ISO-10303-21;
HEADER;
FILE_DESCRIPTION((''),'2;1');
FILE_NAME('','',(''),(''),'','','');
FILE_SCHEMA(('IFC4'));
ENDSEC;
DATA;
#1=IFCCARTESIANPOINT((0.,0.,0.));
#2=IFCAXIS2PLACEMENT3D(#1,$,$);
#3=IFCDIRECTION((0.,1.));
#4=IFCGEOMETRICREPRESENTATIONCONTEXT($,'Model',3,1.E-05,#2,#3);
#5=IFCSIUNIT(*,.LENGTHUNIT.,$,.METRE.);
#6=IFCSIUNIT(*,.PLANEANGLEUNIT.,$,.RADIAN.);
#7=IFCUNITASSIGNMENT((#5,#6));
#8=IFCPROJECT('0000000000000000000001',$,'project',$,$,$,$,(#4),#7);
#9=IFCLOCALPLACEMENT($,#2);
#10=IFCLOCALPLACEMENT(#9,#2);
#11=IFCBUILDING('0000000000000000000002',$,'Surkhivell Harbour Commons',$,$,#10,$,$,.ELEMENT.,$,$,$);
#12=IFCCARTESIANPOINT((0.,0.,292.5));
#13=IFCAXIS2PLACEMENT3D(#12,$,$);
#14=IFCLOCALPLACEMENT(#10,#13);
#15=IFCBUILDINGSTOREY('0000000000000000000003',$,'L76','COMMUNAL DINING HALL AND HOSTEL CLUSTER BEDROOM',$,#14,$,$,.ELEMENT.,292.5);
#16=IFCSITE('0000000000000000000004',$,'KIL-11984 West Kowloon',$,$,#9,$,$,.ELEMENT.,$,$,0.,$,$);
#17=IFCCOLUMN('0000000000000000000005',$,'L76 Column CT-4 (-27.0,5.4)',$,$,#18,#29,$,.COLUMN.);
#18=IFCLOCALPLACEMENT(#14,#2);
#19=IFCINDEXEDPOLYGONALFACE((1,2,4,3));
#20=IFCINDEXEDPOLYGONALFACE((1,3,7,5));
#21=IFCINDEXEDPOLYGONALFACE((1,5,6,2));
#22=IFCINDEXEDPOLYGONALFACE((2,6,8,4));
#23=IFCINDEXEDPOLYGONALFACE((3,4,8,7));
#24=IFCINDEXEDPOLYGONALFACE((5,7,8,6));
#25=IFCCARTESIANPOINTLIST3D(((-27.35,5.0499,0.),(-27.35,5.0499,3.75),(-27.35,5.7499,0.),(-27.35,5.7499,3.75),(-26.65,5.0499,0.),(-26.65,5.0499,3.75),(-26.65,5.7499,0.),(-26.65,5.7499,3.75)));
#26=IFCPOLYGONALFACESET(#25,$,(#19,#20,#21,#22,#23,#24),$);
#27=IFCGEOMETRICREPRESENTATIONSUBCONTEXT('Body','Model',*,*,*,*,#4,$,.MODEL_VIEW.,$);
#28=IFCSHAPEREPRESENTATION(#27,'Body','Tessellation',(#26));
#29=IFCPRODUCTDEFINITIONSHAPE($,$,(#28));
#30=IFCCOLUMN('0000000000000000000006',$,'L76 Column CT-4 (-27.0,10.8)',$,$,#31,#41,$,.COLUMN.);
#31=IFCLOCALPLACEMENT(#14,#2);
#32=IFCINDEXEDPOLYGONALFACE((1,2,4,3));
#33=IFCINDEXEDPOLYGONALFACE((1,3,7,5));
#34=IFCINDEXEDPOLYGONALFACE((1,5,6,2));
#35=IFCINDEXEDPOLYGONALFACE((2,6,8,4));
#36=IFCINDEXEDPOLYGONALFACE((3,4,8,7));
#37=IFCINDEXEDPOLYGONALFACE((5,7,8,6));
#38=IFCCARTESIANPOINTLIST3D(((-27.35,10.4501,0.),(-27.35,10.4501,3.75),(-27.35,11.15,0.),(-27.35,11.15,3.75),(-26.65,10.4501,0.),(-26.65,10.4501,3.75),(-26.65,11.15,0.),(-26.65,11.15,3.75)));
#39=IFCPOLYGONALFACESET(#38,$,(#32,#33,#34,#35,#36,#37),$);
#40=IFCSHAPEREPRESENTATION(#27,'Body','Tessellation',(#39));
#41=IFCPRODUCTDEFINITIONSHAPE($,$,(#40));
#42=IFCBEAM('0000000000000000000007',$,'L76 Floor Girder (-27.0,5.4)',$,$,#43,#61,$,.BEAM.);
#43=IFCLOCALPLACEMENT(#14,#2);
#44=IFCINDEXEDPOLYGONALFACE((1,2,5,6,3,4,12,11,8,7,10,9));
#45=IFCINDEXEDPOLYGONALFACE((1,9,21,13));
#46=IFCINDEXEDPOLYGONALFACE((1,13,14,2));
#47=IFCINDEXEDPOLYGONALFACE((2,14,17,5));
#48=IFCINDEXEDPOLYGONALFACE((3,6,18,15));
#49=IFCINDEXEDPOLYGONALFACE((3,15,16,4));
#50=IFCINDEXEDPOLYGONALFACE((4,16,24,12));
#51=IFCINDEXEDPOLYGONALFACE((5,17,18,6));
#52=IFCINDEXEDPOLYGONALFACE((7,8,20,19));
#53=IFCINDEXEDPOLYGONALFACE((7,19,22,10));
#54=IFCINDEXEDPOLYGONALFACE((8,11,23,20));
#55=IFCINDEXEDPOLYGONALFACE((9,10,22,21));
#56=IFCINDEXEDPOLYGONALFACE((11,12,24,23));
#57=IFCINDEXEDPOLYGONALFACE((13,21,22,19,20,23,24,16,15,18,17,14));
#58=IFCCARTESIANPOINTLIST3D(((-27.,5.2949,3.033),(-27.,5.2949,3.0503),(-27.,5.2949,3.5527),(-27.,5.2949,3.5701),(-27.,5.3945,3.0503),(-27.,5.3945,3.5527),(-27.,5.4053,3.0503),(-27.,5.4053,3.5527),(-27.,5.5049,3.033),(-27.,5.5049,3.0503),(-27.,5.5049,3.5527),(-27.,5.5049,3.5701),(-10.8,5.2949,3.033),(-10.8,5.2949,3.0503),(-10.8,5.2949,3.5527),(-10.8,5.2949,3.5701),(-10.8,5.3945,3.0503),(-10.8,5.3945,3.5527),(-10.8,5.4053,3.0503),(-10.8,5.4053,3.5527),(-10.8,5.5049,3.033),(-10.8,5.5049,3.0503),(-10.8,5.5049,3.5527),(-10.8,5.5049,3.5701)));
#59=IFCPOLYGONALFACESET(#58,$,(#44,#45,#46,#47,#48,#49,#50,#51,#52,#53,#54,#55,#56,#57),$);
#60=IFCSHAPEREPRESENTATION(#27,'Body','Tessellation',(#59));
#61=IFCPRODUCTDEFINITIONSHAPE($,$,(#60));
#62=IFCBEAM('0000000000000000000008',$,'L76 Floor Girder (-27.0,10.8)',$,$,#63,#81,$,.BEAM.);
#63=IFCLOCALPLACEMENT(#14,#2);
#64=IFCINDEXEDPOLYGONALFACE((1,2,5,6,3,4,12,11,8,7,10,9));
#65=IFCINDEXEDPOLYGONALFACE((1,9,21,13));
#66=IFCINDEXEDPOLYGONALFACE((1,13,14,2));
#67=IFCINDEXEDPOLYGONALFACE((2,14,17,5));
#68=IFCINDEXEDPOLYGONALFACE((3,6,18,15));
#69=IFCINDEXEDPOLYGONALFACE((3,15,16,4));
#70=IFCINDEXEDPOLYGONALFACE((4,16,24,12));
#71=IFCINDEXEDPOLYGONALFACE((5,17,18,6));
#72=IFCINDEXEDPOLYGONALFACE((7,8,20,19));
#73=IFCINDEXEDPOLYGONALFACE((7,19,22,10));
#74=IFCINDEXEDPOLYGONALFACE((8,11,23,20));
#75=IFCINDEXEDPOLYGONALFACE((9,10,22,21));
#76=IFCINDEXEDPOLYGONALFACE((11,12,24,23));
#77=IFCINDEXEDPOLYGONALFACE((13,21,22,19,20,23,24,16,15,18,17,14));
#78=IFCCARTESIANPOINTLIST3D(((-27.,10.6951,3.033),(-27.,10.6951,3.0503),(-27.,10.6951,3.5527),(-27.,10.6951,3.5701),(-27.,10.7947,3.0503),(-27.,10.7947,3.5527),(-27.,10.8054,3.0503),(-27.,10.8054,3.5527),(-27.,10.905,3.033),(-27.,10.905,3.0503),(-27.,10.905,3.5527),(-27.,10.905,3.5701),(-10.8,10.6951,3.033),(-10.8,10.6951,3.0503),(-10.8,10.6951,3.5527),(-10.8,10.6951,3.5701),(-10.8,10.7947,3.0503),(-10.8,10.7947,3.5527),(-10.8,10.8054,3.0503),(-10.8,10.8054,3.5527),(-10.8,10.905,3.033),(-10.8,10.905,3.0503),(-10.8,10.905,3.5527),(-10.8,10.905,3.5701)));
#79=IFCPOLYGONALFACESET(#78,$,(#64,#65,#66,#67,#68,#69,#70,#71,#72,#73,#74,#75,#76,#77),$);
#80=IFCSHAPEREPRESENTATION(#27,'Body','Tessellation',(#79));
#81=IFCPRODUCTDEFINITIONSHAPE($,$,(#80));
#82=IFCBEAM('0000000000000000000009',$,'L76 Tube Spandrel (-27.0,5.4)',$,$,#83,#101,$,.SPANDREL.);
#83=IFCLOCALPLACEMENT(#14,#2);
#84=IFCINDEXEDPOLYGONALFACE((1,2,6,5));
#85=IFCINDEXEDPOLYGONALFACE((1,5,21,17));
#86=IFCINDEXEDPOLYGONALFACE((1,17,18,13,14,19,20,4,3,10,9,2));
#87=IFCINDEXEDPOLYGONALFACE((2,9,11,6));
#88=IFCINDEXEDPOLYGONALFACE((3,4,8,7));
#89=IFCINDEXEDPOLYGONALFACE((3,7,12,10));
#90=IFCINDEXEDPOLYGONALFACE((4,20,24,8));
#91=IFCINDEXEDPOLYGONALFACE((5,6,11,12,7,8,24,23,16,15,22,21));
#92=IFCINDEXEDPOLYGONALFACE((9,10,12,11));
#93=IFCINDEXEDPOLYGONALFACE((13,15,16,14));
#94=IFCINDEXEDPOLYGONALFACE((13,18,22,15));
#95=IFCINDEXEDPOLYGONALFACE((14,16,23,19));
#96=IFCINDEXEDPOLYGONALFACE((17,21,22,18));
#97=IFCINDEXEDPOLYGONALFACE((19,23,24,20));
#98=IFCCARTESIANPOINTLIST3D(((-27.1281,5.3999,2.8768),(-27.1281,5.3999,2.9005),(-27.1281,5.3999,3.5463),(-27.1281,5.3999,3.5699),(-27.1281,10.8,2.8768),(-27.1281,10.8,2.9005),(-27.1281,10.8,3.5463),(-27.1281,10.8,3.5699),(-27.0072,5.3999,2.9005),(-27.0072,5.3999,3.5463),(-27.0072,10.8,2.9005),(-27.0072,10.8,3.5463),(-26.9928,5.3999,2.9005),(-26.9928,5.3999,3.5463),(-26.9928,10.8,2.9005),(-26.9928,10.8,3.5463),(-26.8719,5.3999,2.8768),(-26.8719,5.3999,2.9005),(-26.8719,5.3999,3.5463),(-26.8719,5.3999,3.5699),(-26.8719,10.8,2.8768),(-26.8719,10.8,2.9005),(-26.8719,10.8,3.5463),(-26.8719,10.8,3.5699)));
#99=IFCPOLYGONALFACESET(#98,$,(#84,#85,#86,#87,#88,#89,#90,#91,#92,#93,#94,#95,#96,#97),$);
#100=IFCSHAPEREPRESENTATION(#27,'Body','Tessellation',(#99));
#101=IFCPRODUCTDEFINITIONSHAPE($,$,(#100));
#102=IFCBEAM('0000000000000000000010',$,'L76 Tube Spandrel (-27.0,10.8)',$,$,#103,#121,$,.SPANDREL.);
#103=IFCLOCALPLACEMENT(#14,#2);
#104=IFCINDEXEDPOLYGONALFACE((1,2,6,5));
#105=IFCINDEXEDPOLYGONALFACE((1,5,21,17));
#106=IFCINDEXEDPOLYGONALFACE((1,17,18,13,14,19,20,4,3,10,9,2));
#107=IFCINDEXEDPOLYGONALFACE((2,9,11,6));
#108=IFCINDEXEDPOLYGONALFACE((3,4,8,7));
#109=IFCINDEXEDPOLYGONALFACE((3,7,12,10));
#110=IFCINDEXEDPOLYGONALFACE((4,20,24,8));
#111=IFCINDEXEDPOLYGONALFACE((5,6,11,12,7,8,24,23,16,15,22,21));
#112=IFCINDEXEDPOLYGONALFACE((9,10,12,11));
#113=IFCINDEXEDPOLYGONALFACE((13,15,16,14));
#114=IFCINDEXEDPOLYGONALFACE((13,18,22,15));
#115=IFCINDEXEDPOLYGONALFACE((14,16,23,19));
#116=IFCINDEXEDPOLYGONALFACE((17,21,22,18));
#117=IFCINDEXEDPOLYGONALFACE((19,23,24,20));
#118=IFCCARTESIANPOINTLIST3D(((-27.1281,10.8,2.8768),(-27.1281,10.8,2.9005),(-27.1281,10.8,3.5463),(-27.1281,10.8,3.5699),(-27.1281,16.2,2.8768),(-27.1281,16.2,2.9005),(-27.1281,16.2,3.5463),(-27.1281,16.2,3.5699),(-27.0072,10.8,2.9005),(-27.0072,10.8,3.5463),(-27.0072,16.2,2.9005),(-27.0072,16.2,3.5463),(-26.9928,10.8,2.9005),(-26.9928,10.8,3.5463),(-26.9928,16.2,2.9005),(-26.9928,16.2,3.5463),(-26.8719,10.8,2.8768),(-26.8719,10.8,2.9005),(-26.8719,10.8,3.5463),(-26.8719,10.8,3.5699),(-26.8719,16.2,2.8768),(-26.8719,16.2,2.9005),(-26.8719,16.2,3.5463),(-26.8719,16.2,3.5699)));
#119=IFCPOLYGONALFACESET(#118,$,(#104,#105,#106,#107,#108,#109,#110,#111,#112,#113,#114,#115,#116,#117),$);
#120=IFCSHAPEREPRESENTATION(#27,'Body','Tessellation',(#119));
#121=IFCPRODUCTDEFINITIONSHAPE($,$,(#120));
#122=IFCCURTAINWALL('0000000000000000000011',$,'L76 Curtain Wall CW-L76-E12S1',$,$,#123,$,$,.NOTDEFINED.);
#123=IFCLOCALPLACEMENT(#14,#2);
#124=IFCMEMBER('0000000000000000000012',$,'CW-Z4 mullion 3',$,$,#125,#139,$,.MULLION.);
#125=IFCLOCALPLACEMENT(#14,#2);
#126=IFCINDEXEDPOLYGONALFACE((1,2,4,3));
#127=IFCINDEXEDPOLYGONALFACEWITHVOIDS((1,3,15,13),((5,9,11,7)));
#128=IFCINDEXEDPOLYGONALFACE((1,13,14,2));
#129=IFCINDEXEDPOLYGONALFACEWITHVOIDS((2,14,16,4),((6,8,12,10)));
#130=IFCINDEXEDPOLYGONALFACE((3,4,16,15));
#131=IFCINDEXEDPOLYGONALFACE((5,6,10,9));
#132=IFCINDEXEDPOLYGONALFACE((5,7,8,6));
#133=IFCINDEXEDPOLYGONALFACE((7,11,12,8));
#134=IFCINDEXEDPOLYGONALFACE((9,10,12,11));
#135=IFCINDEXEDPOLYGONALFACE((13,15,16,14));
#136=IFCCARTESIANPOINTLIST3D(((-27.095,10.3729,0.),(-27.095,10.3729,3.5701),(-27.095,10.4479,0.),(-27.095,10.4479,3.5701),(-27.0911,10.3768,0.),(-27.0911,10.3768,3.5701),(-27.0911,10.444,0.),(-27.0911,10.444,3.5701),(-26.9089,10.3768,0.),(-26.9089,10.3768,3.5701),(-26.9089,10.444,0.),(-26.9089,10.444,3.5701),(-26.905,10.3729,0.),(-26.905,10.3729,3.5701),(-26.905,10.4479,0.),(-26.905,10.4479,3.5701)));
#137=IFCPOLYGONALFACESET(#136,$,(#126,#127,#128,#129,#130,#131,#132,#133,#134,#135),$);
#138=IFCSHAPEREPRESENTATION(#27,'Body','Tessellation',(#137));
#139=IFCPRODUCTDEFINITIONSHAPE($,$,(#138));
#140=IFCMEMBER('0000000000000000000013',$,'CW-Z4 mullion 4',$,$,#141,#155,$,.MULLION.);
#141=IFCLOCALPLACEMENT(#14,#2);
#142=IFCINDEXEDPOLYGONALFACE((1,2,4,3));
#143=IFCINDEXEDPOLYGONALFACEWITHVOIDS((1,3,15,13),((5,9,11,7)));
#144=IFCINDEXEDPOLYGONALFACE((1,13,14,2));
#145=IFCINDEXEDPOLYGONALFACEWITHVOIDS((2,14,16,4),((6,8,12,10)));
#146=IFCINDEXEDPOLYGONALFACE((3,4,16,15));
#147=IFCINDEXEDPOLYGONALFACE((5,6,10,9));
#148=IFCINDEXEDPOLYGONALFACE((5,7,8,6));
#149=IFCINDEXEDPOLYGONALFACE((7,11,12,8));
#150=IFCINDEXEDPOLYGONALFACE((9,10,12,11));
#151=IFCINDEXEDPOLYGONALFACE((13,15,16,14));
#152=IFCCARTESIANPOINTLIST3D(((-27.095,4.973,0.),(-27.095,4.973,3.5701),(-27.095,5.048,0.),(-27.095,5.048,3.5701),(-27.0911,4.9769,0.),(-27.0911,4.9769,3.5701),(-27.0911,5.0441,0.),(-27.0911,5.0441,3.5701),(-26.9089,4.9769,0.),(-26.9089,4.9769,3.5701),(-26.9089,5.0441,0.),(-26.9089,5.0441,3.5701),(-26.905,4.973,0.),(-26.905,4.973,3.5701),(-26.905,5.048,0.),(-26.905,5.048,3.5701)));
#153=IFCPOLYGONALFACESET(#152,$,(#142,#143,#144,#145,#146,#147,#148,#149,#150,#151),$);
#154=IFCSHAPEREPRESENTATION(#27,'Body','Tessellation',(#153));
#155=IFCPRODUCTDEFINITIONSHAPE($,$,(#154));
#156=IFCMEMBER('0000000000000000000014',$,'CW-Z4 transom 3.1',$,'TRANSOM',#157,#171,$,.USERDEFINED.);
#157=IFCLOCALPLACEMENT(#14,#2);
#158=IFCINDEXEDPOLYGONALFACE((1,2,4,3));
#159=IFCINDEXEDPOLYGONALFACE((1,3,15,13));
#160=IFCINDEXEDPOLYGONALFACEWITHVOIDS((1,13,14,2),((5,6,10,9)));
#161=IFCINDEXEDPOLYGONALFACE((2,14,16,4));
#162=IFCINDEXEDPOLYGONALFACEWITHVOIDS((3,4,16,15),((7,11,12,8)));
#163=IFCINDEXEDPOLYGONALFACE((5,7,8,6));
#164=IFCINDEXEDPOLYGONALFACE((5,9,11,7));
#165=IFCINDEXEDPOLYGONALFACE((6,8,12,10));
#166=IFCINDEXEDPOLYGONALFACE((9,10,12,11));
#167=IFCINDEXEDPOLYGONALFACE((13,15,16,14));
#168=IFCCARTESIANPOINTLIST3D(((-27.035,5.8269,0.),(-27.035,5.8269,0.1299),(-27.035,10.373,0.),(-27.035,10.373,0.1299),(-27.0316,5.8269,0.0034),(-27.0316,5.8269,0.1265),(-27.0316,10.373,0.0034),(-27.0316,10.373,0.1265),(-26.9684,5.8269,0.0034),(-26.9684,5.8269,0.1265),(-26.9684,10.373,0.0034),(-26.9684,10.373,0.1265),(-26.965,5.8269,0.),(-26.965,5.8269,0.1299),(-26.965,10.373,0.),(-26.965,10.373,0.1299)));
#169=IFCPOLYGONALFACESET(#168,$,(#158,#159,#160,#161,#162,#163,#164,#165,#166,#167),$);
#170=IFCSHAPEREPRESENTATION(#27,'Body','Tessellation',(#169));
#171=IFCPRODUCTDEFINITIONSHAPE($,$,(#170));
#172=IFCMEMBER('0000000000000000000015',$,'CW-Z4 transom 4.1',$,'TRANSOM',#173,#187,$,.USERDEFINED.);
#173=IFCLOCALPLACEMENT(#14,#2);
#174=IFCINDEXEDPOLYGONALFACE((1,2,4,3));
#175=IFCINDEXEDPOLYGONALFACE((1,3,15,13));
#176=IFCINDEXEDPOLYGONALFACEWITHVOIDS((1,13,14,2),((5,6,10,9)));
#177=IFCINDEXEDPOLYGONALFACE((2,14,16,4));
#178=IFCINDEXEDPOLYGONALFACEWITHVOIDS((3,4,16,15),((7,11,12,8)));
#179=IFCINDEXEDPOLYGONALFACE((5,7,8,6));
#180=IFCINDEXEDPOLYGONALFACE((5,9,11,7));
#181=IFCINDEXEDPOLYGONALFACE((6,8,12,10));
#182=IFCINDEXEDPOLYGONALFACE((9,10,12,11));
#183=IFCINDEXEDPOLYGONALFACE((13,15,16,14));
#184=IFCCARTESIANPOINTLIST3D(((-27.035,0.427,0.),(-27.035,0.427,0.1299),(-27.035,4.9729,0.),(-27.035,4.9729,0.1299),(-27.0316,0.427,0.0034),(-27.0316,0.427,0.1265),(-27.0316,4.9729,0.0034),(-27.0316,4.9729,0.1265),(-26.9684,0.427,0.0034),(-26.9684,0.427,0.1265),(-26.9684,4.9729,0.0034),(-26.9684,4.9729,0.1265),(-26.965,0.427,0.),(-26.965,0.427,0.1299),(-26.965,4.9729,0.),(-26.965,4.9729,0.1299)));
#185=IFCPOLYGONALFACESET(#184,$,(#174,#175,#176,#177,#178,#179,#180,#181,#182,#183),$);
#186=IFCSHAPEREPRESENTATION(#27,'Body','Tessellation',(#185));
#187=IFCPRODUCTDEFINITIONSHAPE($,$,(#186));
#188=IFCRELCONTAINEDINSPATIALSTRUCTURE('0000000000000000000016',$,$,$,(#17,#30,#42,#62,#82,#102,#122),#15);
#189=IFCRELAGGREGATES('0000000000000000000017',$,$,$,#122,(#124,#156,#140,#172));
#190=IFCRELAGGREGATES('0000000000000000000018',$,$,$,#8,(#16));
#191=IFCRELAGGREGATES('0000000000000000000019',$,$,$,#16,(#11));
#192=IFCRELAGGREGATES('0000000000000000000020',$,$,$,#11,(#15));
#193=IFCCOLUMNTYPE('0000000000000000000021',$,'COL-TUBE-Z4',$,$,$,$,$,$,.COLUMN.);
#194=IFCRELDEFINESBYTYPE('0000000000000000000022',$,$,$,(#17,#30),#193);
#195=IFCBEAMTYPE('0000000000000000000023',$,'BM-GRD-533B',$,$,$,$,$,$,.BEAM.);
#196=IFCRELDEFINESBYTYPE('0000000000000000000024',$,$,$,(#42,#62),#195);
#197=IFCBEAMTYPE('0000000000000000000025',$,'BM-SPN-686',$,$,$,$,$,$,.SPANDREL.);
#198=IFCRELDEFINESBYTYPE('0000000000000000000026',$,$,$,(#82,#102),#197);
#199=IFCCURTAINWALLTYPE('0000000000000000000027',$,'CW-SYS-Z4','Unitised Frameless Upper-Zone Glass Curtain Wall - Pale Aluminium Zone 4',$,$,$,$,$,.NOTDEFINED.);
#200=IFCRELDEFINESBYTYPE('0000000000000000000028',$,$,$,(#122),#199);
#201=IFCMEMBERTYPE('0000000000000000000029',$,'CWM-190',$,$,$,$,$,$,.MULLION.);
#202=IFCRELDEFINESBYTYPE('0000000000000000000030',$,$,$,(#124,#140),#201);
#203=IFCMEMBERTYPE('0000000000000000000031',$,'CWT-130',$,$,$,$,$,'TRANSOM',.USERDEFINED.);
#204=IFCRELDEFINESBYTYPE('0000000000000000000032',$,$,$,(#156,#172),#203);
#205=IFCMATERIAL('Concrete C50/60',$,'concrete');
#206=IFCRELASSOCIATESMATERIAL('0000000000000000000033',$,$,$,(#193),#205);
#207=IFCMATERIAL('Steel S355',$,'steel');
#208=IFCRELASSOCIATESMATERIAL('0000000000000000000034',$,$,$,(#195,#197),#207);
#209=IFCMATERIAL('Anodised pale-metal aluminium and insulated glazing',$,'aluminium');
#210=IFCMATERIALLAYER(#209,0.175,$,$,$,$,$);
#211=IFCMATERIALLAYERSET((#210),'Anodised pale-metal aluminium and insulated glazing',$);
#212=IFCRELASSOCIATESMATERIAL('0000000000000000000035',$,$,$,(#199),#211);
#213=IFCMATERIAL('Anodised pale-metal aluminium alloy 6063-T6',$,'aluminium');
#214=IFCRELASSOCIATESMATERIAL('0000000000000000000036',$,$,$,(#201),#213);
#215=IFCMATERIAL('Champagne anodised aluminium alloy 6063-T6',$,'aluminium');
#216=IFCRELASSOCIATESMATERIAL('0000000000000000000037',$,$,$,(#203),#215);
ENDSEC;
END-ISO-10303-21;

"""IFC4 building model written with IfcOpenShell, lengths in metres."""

from ifc_helpers import new_model, si_unit, direction, frame, origin, origin_2d, place, context, subcontext, project, spatial, rectangle, hollow_rectangle, i_section, extrude, material, layer, layer_set, material_profile, profile_set, type_object, element, aggregate, save


model = new_model("IFC4")

# Units and contexts
model_context = context("Model", 3, precision=1e-05, world=origin(), true_north=direction((0.0, 1.0)))
body_context = subcontext(model_context, "Body", "Model", "MODEL_VIEW")
ifc_project = project(units=[si_unit("LENGTHUNIT", "METRE"), si_unit("PLANEANGLEUNIT", "RADIAN")], contexts=[model_context])

# Site, building, storey
site_placement = place(None, origin())
site = spatial("IfcSite", under=ifc_project, at=site_placement, Name="KIL-11984 West Kowloon", CompositionType="ELEMENT", RefElevation=0.0)
building_placement = place(site_placement, origin())
building = spatial("IfcBuilding", under=site, at=building_placement, Name="Surkhivell Harbour Commons", CompositionType="ELEMENT")
storey_placement = place(building_placement, frame((0.0, 0.0, 292.5)))
storey = spatial("IfcBuildingStorey", under=building, at=storey_placement, Name="L76", Description="COMMUNAL DINING HALL AND HOSTEL CLUSTER BEDROOM", CompositionType="ELEMENT", Elevation=292.5)

# Columns
ifc_material_1 = material(Name="Concrete C50/60", Category="concrete")
ifc_material_profile_1 = material_profile(ifc_material_1, rectangle(XDim=0.7, YDim=0.7, at=origin_2d()), Name="RC-COL-700x700")
ifc_profile_set_1 = profile_set([ifc_material_profile_1], Name="Concrete C50/60")
column_type = type_object("IfcColumnType", Name="COL-TUBE-Z4", PredefinedType="COLUMN", material=ifc_profile_set_1)
for number, where, z_axis, x_axis, name in (
    (1, (-27.0, 5.3999, 0.0), (0.0, 0.0, 1.0), (1.0, 0.0, 0.0), "L76 Column CT-4 (-27.0,5.4)"),
    (2, (-27.0, 10.8, 0.0), (0.0, 0.0, 1.0), (1.0, 0.0, 0.0), "L76 Column CT-4 (-27.0,10.8)"),
):
    element("IfcColumn", number, at=place(storey_placement, frame(where, z_axis=z_axis, x_axis=x_axis)), inside=storey, type_object=column_type, Name=name, PredefinedType="COLUMN", context=body_context, shape_type="SweptSolid", body=[
        extrude(rectangle(XDim=0.7, YDim=0.7, at=origin_2d()), origin(), (0.0, 0.0, 1.0), 3.75),
    ])

# Beams
ifc_material_2 = material(Name="Steel S355", Category="steel")
ifc_material_profile_2 = material_profile(ifc_material_2, i_section(OverallWidth=0.21, OverallDepth=0.5371, WebThickness=0.0107, FlangeThickness=0.0173, at=origin_2d()), Name="UB533x210x101")
ifc_profile_set_2 = profile_set([ifc_material_profile_2], Name="Steel S355")
beam_type_1 = type_object("IfcBeamType", Name="BM-GRD-533B", PredefinedType="BEAM", material=ifc_profile_set_2)
for number, where, z_axis, x_axis, name in (
    (3, (-27.0, 5.3999, 3.3015), (1.0, 0.0, 0.0), (0.0, 1.0, 0.0), "L76 Floor Girder (-27.0,5.4)"),
    (4, (-27.0, 10.8, 3.3015), (1.0, 0.0, 0.0), (0.0, 1.0, 0.0), "L76 Floor Girder (-27.0,10.8)"),
):
    element("IfcBeam", number, at=place(storey_placement, frame(where, z_axis=z_axis, x_axis=x_axis)), inside=storey, type_object=beam_type_1, Name=name, PredefinedType="BEAM", context=body_context, shape_type="SweptSolid", body=[
        extrude(i_section(OverallWidth=0.21, OverallDepth=0.5371, WebThickness=0.0107, FlangeThickness=0.0173, at=origin_2d()), origin(), (0.0, 0.0, 1.0), 16.2),
    ])
ifc_material_profile_3 = material_profile(ifc_material_2, i_section(OverallWidth=0.2561, OverallDepth=0.6931, WebThickness=0.0144, FlangeThickness=0.0237, at=origin_2d()), Name="UB686x254x170")
ifc_profile_set_3 = profile_set([ifc_material_profile_3], Name="Steel S355")
beam_type_2 = type_object("IfcBeamType", Name="BM-SPN-686", PredefinedType="SPANDREL", material=ifc_profile_set_3)
beam_1_placement = place(storey_placement, frame((-27.0, 5.3999, 3.2234), z_axis=(0.0, 1.0, 0.0), x_axis=(-1.0, 0.0, 0.0)))
element("IfcBeam", 5, at=beam_1_placement, inside=storey, type_object=beam_type_2, Name="L76 Tube Spandrel (-27.0,5.4)", PredefinedType="SPANDREL", context=body_context, shape_type="SweptSolid", body=[
    extrude(i_section(OverallWidth=0.2561, OverallDepth=0.6931, WebThickness=0.0144, FlangeThickness=0.0237, at=origin_2d()), origin(), (0.0, 0.0, 1.0), 5.4001),
])
beam_2_placement = place(storey_placement, frame((-27.0, 10.8, 3.2234), z_axis=(0.0, 1.0, 0.0), x_axis=(-1.0, 0.0, 0.0)))
element("IfcBeam", 6, at=beam_2_placement, inside=storey, type_object=beam_type_2, Name="L76 Tube Spandrel (-27.0,10.8)", PredefinedType="SPANDREL", context=body_context, shape_type="SweptSolid", body=[
    extrude(i_section(OverallWidth=0.2561, OverallDepth=0.6931, WebThickness=0.0144, FlangeThickness=0.0237, at=origin_2d()), origin(), (0.0, 0.0, 1.0), 5.3999),
])

# Curtain wall, members
ifc_material_3 = material(Name="Anodised pale-metal aluminium and insulated glazing", Category="aluminium")
ifc_layer_1 = layer(ifc_material_3, 0.175)
ifc_layer_set_1 = layer_set([ifc_layer_1], Name="Anodised pale-metal aluminium and insulated glazing")
curtain_wall_type = type_object("IfcCurtainWallType", Name="CW-SYS-Z4", Description="Unitised Frameless Upper-Zone Glass Curtain Wall - Pale Aluminium Zone 4", PredefinedType="NOTDEFINED", material=ifc_layer_set_1)
curtain_wall_placement = place(storey_placement, origin())
curtain_wall = element("IfcCurtainWall", 7, at=curtain_wall_placement, inside=storey, type_object=curtain_wall_type, Name="L76 Curtain Wall CW-L76-E12S1", PredefinedType="NOTDEFINED")
ifc_material_4 = material(Name="Anodised pale-metal aluminium alloy 6063-T6", Category="aluminium")
ifc_material_profile_4 = material_profile(ifc_material_4, hollow_rectangle(XDim=0.075, YDim=0.1899, WallThickness=0.0039, at=origin_2d()), Name="ALU-MULL-75x190")
ifc_profile_set_4 = profile_set([ifc_material_profile_4], Name="Anodised pale-metal aluminium alloy 6063-T6")
member_type_1 = type_object("IfcMemberType", Name="CWM-190", PredefinedType="MULLION", material=ifc_profile_set_4)
member_1_placement = place(storey_placement, frame((-27.0, 10.4104, 0.0), z_axis=(0.0, 0.0, 1.0), x_axis=(0.0, -1.0, 0.0)))
member_1 = element("IfcMember", 8, at=member_1_placement, type_object=member_type_1, Name="CW-Z4 mullion 3", PredefinedType="MULLION", context=body_context, shape_type="SweptSolid", body=[
    extrude(hollow_rectangle(XDim=0.075, YDim=0.1899, WallThickness=0.0039, at=origin_2d()), origin(), (0.0, 0.0, 1.0), 3.5701),
])
member_2_placement = place(storey_placement, frame((-27.0, 5.0105, 0.0), z_axis=(0.0, 0.0, 1.0), x_axis=(0.0, -1.0, 0.0)))
member_2 = element("IfcMember", 9, at=member_2_placement, type_object=member_type_1, Name="CW-Z4 mullion 4", PredefinedType="MULLION", context=body_context, shape_type="SweptSolid", body=[
    extrude(hollow_rectangle(XDim=0.075, YDim=0.1899, WallThickness=0.0039, at=origin_2d()), origin(), (0.0, 0.0, 1.0), 3.5701),
])
ifc_material_5 = material(Name="Champagne anodised aluminium alloy 6063-T6", Category="aluminium")
ifc_material_profile_5 = material_profile(ifc_material_5, hollow_rectangle(XDim=0.0701, YDim=0.1299, WallThickness=0.0034, at=origin_2d()), Name="ALU-TRAN-70x130")
ifc_profile_set_5 = profile_set([ifc_material_profile_5], Name="Champagne anodised aluminium alloy 6063-T6")
member_type_2 = type_object("IfcMemberType", Name="CWT-130", ElementType="TRANSOM", PredefinedType="USERDEFINED", material=ifc_profile_set_5)
member_3_placement = place(storey_placement, frame((-27.0, 10.373, 0.0649), z_axis=(0.0, -1.0, 0.0), x_axis=(1.0, 0.0, 0.0)))
member_3 = element("IfcMember", 10, at=member_3_placement, type_object=member_type_2, Name="CW-Z4 transom 3.1", ObjectType="TRANSOM", PredefinedType="USERDEFINED", context=body_context, shape_type="SweptSolid", body=[
    extrude(hollow_rectangle(XDim=0.0701, YDim=0.1299, WallThickness=0.0034, at=origin_2d()), origin(), (0.0, 0.0, 1.0), 4.5461),
])
member_4_placement = place(storey_placement, frame((-27.0, 4.9729, 0.0649), z_axis=(0.0, -1.0, 0.0), x_axis=(1.0, 0.0, 0.0)))
member_4 = element("IfcMember", 11, at=member_4_placement, type_object=member_type_2, Name="CW-Z4 transom 4.1", ObjectType="TRANSOM", PredefinedType="USERDEFINED", context=body_context, shape_type="SweptSolid", body=[
    extrude(hollow_rectangle(XDim=0.0701, YDim=0.1299, WallThickness=0.0034, at=origin_2d()), origin(), (0.0, 0.0, 1.0), 4.5459),
])
aggregate(curtain_wall, [member_1, member_3, member_2, member_4])

save(model, "model.ifc")
